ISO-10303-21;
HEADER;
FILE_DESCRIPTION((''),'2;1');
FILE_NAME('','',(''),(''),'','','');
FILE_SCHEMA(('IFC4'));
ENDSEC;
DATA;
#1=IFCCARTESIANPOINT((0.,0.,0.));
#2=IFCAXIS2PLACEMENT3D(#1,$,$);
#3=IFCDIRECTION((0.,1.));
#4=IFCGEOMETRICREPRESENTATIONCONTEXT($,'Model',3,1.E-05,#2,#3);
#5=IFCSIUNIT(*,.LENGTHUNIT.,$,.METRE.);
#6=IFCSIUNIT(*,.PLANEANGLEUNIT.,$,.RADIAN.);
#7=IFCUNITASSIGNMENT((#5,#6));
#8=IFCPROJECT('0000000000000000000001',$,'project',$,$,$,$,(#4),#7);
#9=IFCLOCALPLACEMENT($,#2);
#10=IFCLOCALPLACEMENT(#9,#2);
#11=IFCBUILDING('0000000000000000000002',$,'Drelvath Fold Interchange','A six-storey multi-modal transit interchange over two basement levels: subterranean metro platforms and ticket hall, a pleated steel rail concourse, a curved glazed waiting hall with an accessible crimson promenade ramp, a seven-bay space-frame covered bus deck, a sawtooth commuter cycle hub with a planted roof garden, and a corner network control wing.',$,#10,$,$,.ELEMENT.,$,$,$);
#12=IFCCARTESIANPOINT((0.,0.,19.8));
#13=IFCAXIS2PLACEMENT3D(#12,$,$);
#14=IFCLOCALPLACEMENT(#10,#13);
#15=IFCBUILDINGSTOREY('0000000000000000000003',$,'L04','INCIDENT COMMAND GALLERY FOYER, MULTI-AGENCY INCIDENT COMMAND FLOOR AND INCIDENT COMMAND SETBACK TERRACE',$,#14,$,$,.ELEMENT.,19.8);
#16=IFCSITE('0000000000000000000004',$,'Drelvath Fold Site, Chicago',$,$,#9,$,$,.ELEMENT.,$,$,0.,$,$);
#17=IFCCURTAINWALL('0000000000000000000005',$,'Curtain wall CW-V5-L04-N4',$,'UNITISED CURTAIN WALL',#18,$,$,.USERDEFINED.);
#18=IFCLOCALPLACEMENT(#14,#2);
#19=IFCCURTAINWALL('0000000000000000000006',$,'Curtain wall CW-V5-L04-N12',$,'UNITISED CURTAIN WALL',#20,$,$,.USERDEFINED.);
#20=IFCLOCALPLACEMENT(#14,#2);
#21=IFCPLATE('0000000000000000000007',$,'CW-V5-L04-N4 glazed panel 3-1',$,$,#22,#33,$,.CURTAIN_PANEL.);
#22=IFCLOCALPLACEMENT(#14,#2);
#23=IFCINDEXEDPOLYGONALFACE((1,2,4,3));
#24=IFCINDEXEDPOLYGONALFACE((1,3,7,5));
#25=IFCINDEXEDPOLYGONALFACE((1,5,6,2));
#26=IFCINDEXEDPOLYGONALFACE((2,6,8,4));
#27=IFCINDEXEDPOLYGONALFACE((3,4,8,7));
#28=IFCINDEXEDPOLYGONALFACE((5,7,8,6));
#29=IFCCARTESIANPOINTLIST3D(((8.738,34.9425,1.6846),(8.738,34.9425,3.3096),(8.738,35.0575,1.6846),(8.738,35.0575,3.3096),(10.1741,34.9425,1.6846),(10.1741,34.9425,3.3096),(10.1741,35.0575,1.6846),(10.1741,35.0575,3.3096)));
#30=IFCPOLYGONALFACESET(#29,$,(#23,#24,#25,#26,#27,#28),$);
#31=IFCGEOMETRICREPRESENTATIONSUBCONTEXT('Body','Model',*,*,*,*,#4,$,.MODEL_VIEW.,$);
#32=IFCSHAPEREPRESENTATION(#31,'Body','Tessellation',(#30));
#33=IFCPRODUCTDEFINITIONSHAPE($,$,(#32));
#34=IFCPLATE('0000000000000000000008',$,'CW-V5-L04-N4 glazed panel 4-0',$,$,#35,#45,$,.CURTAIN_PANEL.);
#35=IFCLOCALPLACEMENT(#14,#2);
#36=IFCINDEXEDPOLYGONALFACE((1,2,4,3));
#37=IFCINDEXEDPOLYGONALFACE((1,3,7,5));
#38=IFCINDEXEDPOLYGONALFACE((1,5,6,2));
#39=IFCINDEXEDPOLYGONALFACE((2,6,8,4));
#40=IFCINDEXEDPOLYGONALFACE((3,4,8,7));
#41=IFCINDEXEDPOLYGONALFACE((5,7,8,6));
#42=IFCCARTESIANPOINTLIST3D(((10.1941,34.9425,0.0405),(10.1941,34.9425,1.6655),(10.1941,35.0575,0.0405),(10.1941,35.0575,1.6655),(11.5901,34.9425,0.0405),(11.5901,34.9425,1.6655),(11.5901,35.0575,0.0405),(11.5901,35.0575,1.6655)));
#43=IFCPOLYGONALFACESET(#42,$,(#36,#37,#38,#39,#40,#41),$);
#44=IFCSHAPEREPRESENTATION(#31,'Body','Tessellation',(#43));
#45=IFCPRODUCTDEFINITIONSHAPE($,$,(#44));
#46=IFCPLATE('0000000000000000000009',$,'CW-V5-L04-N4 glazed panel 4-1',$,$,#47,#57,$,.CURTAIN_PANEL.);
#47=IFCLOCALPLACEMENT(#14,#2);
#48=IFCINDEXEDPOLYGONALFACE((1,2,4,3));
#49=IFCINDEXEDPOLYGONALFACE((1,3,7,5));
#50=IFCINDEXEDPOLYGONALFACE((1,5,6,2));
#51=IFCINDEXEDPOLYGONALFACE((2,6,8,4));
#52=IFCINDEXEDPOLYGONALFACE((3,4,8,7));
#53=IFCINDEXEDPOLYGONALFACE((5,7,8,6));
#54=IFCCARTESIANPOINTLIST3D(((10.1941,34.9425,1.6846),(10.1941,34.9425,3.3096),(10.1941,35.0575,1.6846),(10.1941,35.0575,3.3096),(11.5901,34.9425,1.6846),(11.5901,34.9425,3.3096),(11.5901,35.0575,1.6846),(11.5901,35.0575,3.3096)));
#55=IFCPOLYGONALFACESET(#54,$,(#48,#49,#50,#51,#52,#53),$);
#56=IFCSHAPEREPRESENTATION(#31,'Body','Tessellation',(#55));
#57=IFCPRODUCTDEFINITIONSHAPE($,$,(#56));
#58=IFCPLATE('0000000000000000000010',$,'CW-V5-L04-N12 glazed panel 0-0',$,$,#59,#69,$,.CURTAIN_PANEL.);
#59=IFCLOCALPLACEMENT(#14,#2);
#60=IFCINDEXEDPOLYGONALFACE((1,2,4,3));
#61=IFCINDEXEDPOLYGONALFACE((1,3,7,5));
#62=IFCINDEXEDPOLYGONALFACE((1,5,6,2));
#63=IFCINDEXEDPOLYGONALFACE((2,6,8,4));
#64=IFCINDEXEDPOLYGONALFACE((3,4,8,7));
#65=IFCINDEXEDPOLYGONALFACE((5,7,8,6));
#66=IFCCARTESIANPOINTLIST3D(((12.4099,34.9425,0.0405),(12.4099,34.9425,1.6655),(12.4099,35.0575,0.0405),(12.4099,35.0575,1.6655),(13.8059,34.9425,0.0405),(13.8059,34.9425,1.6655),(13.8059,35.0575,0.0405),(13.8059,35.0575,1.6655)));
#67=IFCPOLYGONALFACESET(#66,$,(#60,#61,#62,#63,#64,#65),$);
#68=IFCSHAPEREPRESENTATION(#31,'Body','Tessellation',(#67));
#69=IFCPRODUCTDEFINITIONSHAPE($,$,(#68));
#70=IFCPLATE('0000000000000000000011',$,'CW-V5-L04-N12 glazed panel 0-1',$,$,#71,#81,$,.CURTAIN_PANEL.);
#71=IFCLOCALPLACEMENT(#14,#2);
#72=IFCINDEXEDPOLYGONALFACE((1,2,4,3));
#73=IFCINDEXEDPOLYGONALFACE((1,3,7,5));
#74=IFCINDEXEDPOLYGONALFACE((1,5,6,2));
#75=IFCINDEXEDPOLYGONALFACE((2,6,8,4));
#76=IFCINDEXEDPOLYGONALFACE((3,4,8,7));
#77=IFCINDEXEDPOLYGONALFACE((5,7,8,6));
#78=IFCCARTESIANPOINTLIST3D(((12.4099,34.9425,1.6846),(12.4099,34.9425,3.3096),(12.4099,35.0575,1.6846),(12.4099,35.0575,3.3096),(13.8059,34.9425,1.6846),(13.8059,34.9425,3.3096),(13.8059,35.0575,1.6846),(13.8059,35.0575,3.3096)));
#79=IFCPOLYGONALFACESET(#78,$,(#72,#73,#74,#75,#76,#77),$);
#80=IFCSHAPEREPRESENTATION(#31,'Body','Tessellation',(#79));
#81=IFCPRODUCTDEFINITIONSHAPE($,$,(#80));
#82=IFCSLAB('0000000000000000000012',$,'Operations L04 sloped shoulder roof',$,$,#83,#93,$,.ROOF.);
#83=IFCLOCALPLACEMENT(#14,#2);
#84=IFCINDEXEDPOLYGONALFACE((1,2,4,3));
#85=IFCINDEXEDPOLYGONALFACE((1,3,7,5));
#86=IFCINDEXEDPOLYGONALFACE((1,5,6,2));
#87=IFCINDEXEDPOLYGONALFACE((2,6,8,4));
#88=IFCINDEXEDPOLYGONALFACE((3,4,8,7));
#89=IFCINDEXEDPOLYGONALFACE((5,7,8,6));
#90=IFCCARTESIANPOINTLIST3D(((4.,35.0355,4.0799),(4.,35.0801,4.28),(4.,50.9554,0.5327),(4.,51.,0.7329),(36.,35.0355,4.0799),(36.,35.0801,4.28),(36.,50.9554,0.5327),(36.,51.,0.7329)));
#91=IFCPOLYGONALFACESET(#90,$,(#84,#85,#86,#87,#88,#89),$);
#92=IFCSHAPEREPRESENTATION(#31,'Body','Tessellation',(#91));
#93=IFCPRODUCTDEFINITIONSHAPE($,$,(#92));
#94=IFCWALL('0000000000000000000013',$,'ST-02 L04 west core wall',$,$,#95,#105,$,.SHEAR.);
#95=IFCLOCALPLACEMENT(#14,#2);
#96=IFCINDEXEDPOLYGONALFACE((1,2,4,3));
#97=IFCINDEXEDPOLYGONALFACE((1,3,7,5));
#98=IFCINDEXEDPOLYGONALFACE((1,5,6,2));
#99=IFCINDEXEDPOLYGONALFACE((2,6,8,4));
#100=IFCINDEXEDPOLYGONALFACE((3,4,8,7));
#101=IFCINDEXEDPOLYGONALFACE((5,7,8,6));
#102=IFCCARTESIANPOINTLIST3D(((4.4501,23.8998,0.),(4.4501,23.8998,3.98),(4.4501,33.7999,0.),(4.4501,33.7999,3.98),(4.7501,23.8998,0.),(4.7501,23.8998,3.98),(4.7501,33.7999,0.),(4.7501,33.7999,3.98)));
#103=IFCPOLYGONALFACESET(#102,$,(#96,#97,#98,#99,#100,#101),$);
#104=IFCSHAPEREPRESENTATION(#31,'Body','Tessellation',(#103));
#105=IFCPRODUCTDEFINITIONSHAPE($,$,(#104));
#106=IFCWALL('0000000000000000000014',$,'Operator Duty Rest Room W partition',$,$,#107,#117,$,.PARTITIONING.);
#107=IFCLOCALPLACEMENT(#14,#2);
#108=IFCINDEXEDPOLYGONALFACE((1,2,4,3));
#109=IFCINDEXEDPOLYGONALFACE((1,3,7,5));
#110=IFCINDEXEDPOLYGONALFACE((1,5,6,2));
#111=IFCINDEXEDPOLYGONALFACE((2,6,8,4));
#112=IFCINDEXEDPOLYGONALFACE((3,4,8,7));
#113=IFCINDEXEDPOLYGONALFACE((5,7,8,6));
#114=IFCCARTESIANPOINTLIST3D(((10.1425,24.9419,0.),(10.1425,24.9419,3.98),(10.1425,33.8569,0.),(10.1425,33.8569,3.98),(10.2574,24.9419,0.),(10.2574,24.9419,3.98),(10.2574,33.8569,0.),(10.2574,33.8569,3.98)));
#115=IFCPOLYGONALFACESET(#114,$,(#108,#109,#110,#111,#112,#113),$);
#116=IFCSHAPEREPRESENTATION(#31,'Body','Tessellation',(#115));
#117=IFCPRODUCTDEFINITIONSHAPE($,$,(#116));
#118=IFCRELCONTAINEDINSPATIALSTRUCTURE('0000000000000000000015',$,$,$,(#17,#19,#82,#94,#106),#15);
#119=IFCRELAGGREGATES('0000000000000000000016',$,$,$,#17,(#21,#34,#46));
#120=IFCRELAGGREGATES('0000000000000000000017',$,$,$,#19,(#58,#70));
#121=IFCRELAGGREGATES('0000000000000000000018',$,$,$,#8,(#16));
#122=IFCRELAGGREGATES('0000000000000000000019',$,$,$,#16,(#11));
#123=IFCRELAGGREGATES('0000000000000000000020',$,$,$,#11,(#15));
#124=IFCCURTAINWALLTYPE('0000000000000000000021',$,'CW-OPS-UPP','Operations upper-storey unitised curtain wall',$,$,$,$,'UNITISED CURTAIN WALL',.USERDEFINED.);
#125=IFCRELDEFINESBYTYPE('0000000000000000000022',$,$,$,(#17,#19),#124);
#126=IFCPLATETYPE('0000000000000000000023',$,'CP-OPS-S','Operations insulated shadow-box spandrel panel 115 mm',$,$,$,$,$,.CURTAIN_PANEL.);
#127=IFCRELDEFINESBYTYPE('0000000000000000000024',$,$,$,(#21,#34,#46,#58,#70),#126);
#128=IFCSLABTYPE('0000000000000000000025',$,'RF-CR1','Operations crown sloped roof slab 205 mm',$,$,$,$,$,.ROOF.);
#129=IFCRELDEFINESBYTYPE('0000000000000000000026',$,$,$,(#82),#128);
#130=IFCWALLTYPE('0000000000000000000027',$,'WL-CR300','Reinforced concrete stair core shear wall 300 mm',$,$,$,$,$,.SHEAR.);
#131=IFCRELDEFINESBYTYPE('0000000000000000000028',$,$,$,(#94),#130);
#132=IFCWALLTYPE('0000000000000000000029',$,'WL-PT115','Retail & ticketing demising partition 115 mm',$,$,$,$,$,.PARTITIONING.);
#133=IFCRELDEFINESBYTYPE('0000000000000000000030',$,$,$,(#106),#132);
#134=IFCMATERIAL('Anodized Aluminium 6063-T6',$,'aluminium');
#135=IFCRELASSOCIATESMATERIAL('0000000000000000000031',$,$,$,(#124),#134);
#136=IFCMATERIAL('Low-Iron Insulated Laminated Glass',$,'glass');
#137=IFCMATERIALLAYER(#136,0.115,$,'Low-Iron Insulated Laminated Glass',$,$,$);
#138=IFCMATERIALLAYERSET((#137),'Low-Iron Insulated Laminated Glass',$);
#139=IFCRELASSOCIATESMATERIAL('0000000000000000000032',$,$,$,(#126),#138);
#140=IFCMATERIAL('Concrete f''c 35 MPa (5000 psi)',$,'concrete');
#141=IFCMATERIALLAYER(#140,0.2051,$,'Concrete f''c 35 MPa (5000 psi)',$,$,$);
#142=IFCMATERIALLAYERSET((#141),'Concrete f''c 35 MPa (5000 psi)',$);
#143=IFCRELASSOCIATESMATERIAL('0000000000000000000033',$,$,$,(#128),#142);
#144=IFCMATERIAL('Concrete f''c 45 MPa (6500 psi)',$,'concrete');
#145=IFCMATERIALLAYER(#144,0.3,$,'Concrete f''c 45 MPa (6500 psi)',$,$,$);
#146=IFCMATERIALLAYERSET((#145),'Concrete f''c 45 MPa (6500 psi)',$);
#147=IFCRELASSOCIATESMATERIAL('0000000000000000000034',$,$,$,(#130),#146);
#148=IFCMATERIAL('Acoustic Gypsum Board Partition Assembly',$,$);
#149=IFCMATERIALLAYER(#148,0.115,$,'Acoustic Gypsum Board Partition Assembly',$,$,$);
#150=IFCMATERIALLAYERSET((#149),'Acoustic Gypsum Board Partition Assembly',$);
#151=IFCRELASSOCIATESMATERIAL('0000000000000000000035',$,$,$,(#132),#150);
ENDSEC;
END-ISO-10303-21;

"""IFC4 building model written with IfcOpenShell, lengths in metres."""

from ifc_helpers import new_model, si_unit, direction, frame, frame_2d, origin, origin_2d, place, context, subcontext, project, spatial, polyline, rectangle, outline, extrude, material, layer, layer_set, type_object, element, aggregate, save


model = new_model("IFC4")

# Units and contexts
model_context = context("Model", 3, precision=1e-05, world=origin(), true_north=direction((0.0, 1.0)))
body_context = subcontext(model_context, "Body", "Model", "MODEL_VIEW")
ifc_project = project(units=[si_unit("LENGTHUNIT", "METRE"), si_unit("PLANEANGLEUNIT", "RADIAN")], contexts=[model_context])

# Site, building, storey
site_placement = place(None, origin())
site = spatial("IfcSite", under=ifc_project, at=site_placement, Name="Drelvath Fold Site, Chicago", CompositionType="ELEMENT", RefElevation=0.0)
building_placement = place(site_placement, origin())
building = spatial("IfcBuilding", under=site, at=building_placement, Name="Drelvath Fold Interchange", Description="A six-storey multi-modal transit interchange over two basement levels: subterranean metro platforms and ticket hall, a pleated steel rail concourse, a curved glazed waiting hall with an accessible crimson promenade ramp, a seven-bay space-frame covered bus deck, a sawtooth commuter cycle hub with a planted roof garden, and a corner network control wing.", CompositionType="ELEMENT")
storey_placement = place(building_placement, frame((0.0, 0.0, 19.8)))
storey = spatial("IfcBuildingStorey", under=building, at=storey_placement, Name="L04", Description="INCIDENT COMMAND GALLERY FOYER, MULTI-AGENCY INCIDENT COMMAND FLOOR AND INCIDENT COMMAND SETBACK TERRACE", CompositionType="ELEMENT", Elevation=19.8)

# Curtain wall
ifc_material_1 = material(Name="Anodized Aluminium 6063-T6", Category="aluminium")
curtain_wall_type = type_object("IfcCurtainWallType", Name="CW-OPS-UPP", Description="Operations upper-storey unitised curtain wall", ElementType="UNITISED CURTAIN WALL", PredefinedType="USERDEFINED", material=ifc_material_1)
curtain_wall_1_placement = place(storey_placement, origin())
curtain_wall_1 = element("IfcCurtainWall", 1, at=curtain_wall_1_placement, inside=storey, type_object=curtain_wall_type, Name="Curtain wall CW-V5-L04-N4", ObjectType="UNITISED CURTAIN WALL", PredefinedType="USERDEFINED")

# Curtain wall
curtain_wall_2_placement = place(storey_placement, origin())
curtain_wall_2 = element("IfcCurtainWall", 2, at=curtain_wall_2_placement, inside=storey, type_object=curtain_wall_type, Name="Curtain wall CW-V5-L04-N12", ObjectType="UNITISED CURTAIN WALL", PredefinedType="USERDEFINED")

# Plates
ifc_material_2 = material(Name="Low-Iron Insulated Laminated Glass", Category="glass")
ifc_layer_1 = layer(ifc_material_2, 0.115, Name="Low-Iron Insulated Laminated Glass")
ifc_layer_set_1 = layer_set([ifc_layer_1], Name="Low-Iron Insulated Laminated Glass")
plate_type = type_object("IfcPlateType", Name="CP-OPS-S", Description="Operations insulated shadow-box spandrel panel 115 mm", PredefinedType="CURTAIN_PANEL", material=ifc_layer_set_1)
plate_1_placement = place(storey_placement, frame((9.4561, 35.0, 1.6846), z_axis=(0.0, 0.0, 1.0), x_axis=(1.0, 0.0, 0.0)))
plate_1 = element("IfcPlate", 3, at=plate_1_placement, type_object=plate_type, Name="CW-V5-L04-N4 glazed panel 3-1", PredefinedType="CURTAIN_PANEL", context=body_context, shape_type="SweptSolid", body=[
    extrude(rectangle(XDim=1.436, YDim=0.115, at=origin_2d()), origin(), (0.0, 0.0, 1.0), 1.625),
])
plate_2_placement = place(storey_placement, frame((10.8921, 35.0, 0.0405), z_axis=(0.0, 0.0, 1.0), x_axis=(1.0, 0.0, 0.0)))
plate_2 = element("IfcPlate", 4, at=plate_2_placement, type_object=plate_type, Name="CW-V5-L04-N4 glazed panel 4-0", PredefinedType="CURTAIN_PANEL", context=body_context, shape_type="SweptSolid", body=[
    extrude(rectangle(XDim=1.396, YDim=0.115, at=origin_2d()), origin(), (0.0, 0.0, 1.0), 1.625),
])
plate_3_placement = place(storey_placement, frame((10.8921, 35.0, 1.6846), z_axis=(0.0, 0.0, 1.0), x_axis=(1.0, 0.0, 0.0)))
plate_3 = element("IfcPlate", 5, at=plate_3_placement, type_object=plate_type, Name="CW-V5-L04-N4 glazed panel 4-1", PredefinedType="CURTAIN_PANEL", context=body_context, shape_type="SweptSolid", body=[
    extrude(rectangle(XDim=1.396, YDim=0.115, at=origin_2d()), origin(), (0.0, 0.0, 1.0), 1.625),
])
aggregate(curtain_wall_1, [plate_1, plate_2, plate_3])
plate_4_placement = place(storey_placement, frame((13.1079, 35.0, 0.0405), z_axis=(0.0, 0.0, 1.0), x_axis=(1.0, 0.0, 0.0)))
plate_4 = element("IfcPlate", 6, at=plate_4_placement, type_object=plate_type, Name="CW-V5-L04-N12 glazed panel 0-0", PredefinedType="CURTAIN_PANEL", context=body_context, shape_type="SweptSolid", body=[
    extrude(rectangle(XDim=1.396, YDim=0.115, at=origin_2d()), origin(), (0.0, 0.0, 1.0), 1.625),
])
plate_5_placement = place(storey_placement, frame((13.1079, 35.0, 1.6846), z_axis=(0.0, 0.0, 1.0), x_axis=(1.0, 0.0, 0.0)))
plate_5 = element("IfcPlate", 7, at=plate_5_placement, type_object=plate_type, Name="CW-V5-L04-N12 glazed panel 0-1", PredefinedType="CURTAIN_PANEL", context=body_context, shape_type="SweptSolid", body=[
    extrude(rectangle(XDim=1.396, YDim=0.115, at=origin_2d()), origin(), (0.0, 0.0, 1.0), 1.625),
])
aggregate(curtain_wall_2, [plate_4, plate_5])

# Slab
ifc_material_3 = material(Name="Concrete f'c 35 MPa (5000 psi)", Category="concrete")
ifc_layer_2 = layer(ifc_material_3, 0.2051, Name="Concrete f'c 35 MPa (5000 psi)")
ifc_layer_set_2 = layer_set([ifc_layer_2], Name="Concrete f'c 35 MPa (5000 psi)")
slab_type = type_object("IfcSlabType", Name="RF-CR1", Description="Operations crown sloped roof slab 205 mm", PredefinedType="ROOF", material=ifc_layer_set_2)
slab_placement = place(storey_placement, frame((4.0, 35.0801, 4.28), z_axis=(0.0, 0.217477, 0.976065), x_axis=(1.0, 0.0, 0.0)))
element("IfcSlab", 8, at=slab_placement, inside=storey, type_object=slab_type, Name="Operations L04 sloped shoulder roof", PredefinedType="ROOF", context=body_context, shape_type="SweptSolid", body=[
    extrude(outline(polyline([(0.0, 0.0), (32.0, 0.0), (32.0, 16.3103), (0.0, 16.3103), (0.0, 0.0)])), origin(), (0.0, 0.0, -1.0), 0.2051),
])

# Walls
ifc_material_4 = material(Name="Concrete f'c 45 MPa (6500 psi)", Category="concrete")
ifc_layer_3 = layer(ifc_material_4, 0.3, Name="Concrete f'c 45 MPa (6500 psi)")
ifc_layer_set_3 = layer_set([ifc_layer_3], Name="Concrete f'c 45 MPa (6500 psi)")
wall_type_1 = type_object("IfcWallType", Name="WL-CR300", Description="Reinforced concrete stair core shear wall 300 mm", PredefinedType="SHEAR", material=ifc_layer_set_3)
wall_1_placement = place(storey_placement, frame((4.6001, 33.8, 0.0), z_axis=(0.0, 0.0, 1.0), x_axis=(0.0, -1.0, 0.0)))
element("IfcWall", 9, at=wall_1_placement, inside=storey, type_object=wall_type_1, Name="ST-02 L04 west core wall", PredefinedType="SHEAR", context=body_context, shape_type="SweptSolid", body=[
    extrude(rectangle(XDim=9.9001, YDim=0.3, at=frame_2d((4.9502, 0.0))), origin(), (0.0, 0.0, 1.0), 3.98),
])
ifc_material_5 = material(Name="Acoustic Gypsum Board Partition Assembly")
ifc_layer_4 = layer(ifc_material_5, 0.115, Name="Acoustic Gypsum Board Partition Assembly")
ifc_layer_set_4 = layer_set([ifc_layer_4], Name="Acoustic Gypsum Board Partition Assembly")
wall_type_2 = type_object("IfcWallType", Name="WL-PT115", Description="Retail & ticketing demising partition 115 mm", PredefinedType="PARTITIONING", material=ifc_layer_set_4)
wall_2_placement = place(storey_placement, frame((10.2, 33.8569, 0.0), z_axis=(0.0, 0.0, 1.0), x_axis=(0.0, -1.0, 0.0)))
element("IfcWall", 10, at=wall_2_placement, inside=storey, type_object=wall_type_2, Name="Operator Duty Rest Room W partition", PredefinedType="PARTITIONING", context=body_context, shape_type="SweptSolid", body=[
    extrude(rectangle(XDim=8.915, YDim=0.115, at=frame_2d((4.4575, 0.0))), origin(), (0.0, 0.0, 1.0), 3.98),
])

save(model, "model.ifc")
